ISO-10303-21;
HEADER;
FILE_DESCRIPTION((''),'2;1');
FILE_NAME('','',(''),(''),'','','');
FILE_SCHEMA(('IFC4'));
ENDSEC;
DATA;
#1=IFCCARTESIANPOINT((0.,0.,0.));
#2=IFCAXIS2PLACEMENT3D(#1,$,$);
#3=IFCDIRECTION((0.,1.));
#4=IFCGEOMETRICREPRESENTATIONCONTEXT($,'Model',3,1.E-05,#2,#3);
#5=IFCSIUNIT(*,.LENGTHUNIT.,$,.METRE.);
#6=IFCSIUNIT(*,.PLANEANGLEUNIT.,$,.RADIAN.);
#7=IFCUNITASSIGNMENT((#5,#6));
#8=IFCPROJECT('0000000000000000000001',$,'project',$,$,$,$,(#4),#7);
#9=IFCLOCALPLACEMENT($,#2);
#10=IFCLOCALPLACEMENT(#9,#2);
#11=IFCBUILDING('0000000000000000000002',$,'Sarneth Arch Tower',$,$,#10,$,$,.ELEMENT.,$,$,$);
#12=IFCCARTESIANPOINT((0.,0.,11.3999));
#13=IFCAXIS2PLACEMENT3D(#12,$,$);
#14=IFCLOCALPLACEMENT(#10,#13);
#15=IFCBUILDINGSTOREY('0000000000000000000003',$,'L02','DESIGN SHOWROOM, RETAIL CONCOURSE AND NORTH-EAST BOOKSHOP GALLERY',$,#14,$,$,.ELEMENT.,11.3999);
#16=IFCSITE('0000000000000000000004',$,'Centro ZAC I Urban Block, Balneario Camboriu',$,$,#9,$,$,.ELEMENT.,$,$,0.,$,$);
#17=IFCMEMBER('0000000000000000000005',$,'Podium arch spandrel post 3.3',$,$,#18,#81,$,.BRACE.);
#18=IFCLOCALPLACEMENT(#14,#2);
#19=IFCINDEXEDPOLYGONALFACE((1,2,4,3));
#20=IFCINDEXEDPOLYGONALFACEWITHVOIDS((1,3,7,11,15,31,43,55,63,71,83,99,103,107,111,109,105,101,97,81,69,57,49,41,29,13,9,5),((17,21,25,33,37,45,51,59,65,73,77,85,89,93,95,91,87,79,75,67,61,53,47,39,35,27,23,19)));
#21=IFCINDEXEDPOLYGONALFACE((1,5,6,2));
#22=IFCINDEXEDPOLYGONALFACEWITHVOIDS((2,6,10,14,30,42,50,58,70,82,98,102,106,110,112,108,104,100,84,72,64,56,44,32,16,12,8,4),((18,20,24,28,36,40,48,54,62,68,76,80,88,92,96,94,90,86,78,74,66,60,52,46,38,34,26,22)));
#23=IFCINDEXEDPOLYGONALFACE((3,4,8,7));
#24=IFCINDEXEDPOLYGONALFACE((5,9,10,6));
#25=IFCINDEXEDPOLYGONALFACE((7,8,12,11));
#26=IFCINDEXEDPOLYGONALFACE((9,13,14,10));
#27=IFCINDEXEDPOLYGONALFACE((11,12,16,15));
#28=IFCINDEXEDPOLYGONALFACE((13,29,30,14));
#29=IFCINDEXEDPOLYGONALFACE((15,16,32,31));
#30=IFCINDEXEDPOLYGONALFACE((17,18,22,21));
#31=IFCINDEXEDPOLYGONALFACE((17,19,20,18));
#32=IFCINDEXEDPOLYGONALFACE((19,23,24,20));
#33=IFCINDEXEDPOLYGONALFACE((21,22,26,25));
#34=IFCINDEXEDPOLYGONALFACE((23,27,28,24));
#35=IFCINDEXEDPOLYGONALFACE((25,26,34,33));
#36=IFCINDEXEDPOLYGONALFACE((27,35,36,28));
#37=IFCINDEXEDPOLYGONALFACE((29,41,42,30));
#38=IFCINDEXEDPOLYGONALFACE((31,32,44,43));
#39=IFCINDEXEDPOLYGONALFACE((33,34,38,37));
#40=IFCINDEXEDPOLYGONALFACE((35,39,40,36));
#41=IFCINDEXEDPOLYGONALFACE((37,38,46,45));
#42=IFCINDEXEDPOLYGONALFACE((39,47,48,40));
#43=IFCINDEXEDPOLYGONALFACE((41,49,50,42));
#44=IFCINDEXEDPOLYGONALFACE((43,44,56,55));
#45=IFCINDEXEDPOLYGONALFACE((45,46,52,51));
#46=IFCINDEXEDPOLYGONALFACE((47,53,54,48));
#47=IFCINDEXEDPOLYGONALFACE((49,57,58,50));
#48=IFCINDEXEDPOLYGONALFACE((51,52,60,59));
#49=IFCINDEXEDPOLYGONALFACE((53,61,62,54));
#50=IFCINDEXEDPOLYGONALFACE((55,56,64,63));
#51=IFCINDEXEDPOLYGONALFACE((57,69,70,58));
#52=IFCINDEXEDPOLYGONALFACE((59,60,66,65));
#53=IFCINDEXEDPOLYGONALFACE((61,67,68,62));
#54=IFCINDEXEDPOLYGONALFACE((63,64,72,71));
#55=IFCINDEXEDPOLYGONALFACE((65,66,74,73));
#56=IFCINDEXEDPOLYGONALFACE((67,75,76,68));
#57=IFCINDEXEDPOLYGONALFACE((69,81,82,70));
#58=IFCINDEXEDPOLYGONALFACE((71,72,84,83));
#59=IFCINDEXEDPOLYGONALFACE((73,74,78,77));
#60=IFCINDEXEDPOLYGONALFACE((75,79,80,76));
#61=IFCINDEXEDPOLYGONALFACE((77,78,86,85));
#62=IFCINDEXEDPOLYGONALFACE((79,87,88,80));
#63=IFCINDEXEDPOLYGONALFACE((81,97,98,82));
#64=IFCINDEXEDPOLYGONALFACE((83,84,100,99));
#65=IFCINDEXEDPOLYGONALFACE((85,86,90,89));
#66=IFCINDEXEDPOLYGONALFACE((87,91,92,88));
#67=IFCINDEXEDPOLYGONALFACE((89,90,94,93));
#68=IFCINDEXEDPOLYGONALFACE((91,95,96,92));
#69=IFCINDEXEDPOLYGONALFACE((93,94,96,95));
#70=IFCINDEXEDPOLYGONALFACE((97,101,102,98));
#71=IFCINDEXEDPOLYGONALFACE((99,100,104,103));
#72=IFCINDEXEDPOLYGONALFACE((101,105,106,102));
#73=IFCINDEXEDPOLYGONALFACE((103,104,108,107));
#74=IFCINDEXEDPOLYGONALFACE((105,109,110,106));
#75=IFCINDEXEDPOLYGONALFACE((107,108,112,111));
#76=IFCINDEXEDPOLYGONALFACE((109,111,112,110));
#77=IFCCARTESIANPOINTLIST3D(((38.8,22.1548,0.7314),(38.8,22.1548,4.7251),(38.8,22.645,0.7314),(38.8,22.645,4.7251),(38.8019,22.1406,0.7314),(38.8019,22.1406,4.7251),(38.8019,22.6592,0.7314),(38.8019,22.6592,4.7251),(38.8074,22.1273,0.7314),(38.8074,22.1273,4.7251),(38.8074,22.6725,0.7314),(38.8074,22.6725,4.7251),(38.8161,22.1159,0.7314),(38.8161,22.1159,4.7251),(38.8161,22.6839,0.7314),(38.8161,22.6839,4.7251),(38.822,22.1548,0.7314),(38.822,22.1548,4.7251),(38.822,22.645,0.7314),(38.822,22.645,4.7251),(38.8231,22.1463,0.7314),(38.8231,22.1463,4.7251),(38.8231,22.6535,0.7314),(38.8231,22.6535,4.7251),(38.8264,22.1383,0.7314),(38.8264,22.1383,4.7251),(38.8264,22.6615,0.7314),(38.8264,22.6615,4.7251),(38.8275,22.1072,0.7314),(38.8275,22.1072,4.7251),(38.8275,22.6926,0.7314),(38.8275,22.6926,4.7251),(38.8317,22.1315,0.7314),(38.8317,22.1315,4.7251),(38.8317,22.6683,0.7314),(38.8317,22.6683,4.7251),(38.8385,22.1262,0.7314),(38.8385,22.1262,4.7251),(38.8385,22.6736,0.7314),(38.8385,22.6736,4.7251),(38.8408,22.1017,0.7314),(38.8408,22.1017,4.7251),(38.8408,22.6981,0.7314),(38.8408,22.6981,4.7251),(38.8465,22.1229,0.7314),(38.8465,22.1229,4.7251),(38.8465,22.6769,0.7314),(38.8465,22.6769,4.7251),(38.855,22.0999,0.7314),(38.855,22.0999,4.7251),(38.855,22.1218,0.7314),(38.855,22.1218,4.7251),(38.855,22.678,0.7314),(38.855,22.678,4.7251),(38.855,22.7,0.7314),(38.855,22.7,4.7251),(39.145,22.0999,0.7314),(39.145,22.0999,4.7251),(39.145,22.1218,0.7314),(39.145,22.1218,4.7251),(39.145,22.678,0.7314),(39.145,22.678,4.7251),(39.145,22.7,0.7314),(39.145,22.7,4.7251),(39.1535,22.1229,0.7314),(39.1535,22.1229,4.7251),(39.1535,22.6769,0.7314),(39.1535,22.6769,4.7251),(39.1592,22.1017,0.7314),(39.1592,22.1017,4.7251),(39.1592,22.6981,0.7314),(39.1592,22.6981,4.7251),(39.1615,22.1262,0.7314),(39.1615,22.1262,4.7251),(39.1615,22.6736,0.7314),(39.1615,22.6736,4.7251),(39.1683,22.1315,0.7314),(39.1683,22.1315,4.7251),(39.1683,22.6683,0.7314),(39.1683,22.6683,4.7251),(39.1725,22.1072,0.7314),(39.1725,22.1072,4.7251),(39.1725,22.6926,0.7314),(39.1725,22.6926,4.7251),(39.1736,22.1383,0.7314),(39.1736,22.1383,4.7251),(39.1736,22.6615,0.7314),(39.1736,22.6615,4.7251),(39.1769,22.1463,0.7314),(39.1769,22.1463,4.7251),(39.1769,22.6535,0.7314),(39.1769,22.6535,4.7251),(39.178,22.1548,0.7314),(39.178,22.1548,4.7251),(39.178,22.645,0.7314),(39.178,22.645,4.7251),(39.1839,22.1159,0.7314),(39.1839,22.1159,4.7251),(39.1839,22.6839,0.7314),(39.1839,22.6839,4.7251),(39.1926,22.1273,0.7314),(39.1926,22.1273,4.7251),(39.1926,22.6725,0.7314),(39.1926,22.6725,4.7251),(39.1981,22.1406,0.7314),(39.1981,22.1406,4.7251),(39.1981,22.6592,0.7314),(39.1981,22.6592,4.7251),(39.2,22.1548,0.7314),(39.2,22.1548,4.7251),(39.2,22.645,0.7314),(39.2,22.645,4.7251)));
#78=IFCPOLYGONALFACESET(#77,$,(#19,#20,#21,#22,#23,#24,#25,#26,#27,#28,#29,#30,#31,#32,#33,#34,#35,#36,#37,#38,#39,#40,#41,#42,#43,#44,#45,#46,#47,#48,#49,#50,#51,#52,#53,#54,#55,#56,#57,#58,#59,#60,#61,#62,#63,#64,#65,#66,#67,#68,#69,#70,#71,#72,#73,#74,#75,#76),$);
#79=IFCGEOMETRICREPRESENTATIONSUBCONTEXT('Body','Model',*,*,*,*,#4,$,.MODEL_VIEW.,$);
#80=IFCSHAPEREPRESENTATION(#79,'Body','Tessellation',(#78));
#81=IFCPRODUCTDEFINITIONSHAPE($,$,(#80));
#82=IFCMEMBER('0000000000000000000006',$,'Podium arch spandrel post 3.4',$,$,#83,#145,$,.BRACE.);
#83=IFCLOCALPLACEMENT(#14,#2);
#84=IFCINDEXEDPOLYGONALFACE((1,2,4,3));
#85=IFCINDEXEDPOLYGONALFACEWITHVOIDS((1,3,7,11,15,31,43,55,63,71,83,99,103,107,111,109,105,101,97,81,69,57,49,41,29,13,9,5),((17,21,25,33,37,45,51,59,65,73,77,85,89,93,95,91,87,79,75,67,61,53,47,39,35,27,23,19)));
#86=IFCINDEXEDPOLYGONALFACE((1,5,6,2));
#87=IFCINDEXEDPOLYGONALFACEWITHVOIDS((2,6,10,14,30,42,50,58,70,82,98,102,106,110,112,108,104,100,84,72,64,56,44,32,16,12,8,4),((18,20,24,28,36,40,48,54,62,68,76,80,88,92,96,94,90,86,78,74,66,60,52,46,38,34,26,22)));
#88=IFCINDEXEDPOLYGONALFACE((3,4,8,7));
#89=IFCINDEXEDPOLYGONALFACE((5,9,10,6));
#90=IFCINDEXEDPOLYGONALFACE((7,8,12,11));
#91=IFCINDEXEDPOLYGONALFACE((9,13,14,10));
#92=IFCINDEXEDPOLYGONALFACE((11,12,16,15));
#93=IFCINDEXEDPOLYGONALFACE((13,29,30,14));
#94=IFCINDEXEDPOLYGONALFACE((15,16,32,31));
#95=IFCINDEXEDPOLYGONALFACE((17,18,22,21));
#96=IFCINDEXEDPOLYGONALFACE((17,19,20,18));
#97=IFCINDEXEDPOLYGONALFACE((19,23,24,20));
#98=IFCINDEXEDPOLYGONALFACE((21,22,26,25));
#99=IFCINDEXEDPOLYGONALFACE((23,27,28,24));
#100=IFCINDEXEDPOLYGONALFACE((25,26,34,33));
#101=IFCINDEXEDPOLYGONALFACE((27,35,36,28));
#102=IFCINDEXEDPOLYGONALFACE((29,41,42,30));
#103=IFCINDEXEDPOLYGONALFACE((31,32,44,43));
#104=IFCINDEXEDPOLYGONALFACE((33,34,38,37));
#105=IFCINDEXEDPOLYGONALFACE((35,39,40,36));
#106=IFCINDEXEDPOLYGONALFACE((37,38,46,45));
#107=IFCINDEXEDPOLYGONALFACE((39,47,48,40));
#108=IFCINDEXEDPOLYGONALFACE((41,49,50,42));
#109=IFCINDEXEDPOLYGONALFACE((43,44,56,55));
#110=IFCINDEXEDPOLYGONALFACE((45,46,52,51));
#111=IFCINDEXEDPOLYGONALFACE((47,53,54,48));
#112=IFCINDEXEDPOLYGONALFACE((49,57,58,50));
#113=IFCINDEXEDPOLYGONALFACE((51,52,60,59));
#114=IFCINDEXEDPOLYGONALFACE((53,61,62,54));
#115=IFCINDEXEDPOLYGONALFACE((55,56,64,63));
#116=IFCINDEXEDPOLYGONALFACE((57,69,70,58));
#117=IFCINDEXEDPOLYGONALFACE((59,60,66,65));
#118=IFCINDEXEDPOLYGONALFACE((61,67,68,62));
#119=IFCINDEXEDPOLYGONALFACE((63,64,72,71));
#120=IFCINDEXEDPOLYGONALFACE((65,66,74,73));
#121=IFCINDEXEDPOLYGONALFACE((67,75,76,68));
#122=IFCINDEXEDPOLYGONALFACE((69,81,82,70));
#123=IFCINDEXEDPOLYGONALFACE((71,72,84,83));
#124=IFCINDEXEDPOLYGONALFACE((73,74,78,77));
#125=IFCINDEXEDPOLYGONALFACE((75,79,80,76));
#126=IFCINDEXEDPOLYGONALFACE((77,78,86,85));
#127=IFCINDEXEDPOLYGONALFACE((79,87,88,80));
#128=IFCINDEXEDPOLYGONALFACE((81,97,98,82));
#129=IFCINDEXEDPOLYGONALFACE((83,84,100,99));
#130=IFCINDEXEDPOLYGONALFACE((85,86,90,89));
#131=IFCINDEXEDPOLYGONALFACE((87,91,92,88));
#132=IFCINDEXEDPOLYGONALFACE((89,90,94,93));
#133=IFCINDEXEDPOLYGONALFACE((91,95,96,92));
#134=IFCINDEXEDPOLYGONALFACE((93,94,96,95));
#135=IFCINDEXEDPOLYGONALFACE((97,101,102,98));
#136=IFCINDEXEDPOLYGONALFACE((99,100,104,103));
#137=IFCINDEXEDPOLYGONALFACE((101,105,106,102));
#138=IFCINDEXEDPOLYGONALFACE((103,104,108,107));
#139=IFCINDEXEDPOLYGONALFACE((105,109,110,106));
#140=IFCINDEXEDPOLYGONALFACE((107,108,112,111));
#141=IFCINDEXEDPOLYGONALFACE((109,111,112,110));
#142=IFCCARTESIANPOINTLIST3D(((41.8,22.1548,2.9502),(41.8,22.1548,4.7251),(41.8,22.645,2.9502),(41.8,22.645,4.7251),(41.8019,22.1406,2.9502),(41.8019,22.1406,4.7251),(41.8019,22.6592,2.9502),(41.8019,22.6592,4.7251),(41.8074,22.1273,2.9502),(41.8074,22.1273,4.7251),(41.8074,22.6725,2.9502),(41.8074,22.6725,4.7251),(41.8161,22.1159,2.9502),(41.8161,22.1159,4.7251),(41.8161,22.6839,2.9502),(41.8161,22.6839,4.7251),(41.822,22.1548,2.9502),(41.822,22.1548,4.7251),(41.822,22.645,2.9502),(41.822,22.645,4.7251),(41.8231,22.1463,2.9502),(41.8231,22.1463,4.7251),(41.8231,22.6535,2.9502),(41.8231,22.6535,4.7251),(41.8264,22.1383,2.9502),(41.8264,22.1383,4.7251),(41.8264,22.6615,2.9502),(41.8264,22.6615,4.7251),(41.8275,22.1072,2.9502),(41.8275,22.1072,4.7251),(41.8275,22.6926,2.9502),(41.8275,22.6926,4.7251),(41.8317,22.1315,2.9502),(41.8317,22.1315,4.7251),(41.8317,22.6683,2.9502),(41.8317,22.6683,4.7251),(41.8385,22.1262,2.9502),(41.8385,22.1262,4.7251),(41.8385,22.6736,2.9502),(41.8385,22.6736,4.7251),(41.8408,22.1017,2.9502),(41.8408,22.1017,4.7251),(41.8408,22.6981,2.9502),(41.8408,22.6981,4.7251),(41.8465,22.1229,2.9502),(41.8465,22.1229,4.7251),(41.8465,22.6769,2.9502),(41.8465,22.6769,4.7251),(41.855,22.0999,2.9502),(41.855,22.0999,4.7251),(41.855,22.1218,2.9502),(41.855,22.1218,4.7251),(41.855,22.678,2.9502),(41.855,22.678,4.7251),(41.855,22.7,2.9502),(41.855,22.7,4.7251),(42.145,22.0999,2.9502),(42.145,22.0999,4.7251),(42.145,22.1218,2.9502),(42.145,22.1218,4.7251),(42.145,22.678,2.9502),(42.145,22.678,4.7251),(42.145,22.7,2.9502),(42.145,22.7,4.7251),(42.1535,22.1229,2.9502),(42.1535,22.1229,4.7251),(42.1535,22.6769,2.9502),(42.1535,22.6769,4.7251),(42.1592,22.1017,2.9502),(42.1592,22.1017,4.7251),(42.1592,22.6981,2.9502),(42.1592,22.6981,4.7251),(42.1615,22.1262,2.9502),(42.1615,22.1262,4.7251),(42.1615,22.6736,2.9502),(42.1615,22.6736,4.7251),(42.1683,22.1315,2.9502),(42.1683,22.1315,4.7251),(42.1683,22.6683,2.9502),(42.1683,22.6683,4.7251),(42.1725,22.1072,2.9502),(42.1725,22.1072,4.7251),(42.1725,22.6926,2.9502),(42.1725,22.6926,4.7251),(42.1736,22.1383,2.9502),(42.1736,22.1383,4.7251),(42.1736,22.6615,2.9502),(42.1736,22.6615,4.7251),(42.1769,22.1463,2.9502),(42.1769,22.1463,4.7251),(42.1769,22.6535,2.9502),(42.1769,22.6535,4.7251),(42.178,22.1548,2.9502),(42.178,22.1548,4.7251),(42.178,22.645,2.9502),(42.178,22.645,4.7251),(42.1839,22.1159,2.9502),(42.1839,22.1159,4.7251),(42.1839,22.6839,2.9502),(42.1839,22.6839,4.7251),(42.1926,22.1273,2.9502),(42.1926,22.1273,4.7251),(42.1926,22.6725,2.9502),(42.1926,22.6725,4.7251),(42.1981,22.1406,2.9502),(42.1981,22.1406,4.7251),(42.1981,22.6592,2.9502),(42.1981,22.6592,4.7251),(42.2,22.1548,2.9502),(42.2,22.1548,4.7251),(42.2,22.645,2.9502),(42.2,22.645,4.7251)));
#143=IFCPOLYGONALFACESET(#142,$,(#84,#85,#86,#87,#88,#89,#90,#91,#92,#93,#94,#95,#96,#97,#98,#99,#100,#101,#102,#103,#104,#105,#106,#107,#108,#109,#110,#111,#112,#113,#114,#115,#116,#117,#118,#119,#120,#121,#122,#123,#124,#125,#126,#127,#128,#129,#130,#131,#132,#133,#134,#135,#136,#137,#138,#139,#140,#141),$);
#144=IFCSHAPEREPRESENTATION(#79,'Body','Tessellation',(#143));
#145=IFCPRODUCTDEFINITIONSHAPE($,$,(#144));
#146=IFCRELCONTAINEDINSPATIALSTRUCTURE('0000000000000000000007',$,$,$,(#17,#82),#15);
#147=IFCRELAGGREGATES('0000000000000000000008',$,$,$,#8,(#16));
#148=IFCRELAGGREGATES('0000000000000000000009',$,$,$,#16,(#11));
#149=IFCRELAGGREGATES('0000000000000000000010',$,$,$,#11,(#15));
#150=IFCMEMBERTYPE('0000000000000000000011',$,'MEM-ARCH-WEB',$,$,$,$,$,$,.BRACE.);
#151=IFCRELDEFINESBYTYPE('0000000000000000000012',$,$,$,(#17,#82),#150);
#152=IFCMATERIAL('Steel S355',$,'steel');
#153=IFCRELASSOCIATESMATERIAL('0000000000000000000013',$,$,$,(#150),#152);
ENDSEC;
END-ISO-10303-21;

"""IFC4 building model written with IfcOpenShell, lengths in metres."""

from ifc_helpers import new_model, si_unit, direction, frame, origin, origin_2d, place, context, subcontext, project, spatial, hollow_rectangle, extrude, material, material_profile, profile_set, type_object, element, save


model = new_model("IFC4")

# Units and contexts
model_context = context("Model", 3, precision=1e-05, world=origin(), true_north=direction((0.0, 1.0)))
body_context = subcontext(model_context, "Body", "Model", "MODEL_VIEW")
ifc_project = project(units=[si_unit("LENGTHUNIT", "METRE"), si_unit("PLANEANGLEUNIT", "RADIAN")], contexts=[model_context])

# Site, building, storey
site_placement = place(None, origin())
site = spatial("IfcSite", under=ifc_project, at=site_placement, Name="Centro ZAC I Urban Block, Balneario Camboriu", CompositionType="ELEMENT", RefElevation=0.0)
building_placement = place(site_placement, origin())
building = spatial("IfcBuilding", under=site, at=building_placement, Name="Sarneth Arch Tower", CompositionType="ELEMENT")
storey_placement = place(building_placement, frame((0.0, 0.0, 11.3999)))
storey = spatial("IfcBuildingStorey", under=building, at=storey_placement, Name="L02", Description="DESIGN SHOWROOM, RETAIL CONCOURSE AND NORTH-EAST BOOKSHOP GALLERY", CompositionType="ELEMENT", Elevation=11.3999)

# Members
ifc_material_1 = material(Name="Steel S355", Category="steel")
ifc_material_profile_1 = material_profile(ifc_material_1, hollow_rectangle(XDim=0.3999, YDim=0.6001, WallThickness=0.022, InnerFilletRadius=0.033, OuterFilletRadius=0.0549, at=origin_2d()), Name="RHS600x400x22")
ifc_profile_set_1 = profile_set([ifc_material_profile_1], Name="Steel S355")
member_type_1 = type_object("IfcMemberType", Name="MEM-ARCH-WEB", PredefinedType="BRACE", material=ifc_profile_set_1)
member_1_placement = place(storey_placement, frame((39.0, 22.3999, 0.7314), z_axis=(0.0, 0.0, 1.0), x_axis=(1.0, 0.0, 0.0)))
element("IfcMember", 1, at=member_1_placement, inside=storey, type_object=member_type_1, Name="Podium arch spandrel post 3.3", PredefinedType="BRACE", context=body_context, shape_type="SweptSolid", body=[
    extrude(hollow_rectangle(XDim=0.3999, YDim=0.6001, WallThickness=0.022, InnerFilletRadius=0.033, OuterFilletRadius=0.0549, at=origin_2d()), origin(), (0.0, 0.0, 1.0), 3.9937),
])
member_2_placement = place(storey_placement, frame((42.0, 22.3999, 2.9502), z_axis=(0.0, 0.0, 1.0), x_axis=(1.0, 0.0, 0.0)))
element("IfcMember", 2, at=member_2_placement, inside=storey, type_object=member_type_1, Name="Podium arch spandrel post 3.4", PredefinedType="BRACE", context=body_context, shape_type="SweptSolid", body=[
    extrude(hollow_rectangle(XDim=0.3999, YDim=0.6001, WallThickness=0.022, InnerFilletRadius=0.033, OuterFilletRadius=0.0549, at=origin_2d()), origin(), (0.0, 0.0, 1.0), 1.7749),
])

save(model, "model.ifc")
